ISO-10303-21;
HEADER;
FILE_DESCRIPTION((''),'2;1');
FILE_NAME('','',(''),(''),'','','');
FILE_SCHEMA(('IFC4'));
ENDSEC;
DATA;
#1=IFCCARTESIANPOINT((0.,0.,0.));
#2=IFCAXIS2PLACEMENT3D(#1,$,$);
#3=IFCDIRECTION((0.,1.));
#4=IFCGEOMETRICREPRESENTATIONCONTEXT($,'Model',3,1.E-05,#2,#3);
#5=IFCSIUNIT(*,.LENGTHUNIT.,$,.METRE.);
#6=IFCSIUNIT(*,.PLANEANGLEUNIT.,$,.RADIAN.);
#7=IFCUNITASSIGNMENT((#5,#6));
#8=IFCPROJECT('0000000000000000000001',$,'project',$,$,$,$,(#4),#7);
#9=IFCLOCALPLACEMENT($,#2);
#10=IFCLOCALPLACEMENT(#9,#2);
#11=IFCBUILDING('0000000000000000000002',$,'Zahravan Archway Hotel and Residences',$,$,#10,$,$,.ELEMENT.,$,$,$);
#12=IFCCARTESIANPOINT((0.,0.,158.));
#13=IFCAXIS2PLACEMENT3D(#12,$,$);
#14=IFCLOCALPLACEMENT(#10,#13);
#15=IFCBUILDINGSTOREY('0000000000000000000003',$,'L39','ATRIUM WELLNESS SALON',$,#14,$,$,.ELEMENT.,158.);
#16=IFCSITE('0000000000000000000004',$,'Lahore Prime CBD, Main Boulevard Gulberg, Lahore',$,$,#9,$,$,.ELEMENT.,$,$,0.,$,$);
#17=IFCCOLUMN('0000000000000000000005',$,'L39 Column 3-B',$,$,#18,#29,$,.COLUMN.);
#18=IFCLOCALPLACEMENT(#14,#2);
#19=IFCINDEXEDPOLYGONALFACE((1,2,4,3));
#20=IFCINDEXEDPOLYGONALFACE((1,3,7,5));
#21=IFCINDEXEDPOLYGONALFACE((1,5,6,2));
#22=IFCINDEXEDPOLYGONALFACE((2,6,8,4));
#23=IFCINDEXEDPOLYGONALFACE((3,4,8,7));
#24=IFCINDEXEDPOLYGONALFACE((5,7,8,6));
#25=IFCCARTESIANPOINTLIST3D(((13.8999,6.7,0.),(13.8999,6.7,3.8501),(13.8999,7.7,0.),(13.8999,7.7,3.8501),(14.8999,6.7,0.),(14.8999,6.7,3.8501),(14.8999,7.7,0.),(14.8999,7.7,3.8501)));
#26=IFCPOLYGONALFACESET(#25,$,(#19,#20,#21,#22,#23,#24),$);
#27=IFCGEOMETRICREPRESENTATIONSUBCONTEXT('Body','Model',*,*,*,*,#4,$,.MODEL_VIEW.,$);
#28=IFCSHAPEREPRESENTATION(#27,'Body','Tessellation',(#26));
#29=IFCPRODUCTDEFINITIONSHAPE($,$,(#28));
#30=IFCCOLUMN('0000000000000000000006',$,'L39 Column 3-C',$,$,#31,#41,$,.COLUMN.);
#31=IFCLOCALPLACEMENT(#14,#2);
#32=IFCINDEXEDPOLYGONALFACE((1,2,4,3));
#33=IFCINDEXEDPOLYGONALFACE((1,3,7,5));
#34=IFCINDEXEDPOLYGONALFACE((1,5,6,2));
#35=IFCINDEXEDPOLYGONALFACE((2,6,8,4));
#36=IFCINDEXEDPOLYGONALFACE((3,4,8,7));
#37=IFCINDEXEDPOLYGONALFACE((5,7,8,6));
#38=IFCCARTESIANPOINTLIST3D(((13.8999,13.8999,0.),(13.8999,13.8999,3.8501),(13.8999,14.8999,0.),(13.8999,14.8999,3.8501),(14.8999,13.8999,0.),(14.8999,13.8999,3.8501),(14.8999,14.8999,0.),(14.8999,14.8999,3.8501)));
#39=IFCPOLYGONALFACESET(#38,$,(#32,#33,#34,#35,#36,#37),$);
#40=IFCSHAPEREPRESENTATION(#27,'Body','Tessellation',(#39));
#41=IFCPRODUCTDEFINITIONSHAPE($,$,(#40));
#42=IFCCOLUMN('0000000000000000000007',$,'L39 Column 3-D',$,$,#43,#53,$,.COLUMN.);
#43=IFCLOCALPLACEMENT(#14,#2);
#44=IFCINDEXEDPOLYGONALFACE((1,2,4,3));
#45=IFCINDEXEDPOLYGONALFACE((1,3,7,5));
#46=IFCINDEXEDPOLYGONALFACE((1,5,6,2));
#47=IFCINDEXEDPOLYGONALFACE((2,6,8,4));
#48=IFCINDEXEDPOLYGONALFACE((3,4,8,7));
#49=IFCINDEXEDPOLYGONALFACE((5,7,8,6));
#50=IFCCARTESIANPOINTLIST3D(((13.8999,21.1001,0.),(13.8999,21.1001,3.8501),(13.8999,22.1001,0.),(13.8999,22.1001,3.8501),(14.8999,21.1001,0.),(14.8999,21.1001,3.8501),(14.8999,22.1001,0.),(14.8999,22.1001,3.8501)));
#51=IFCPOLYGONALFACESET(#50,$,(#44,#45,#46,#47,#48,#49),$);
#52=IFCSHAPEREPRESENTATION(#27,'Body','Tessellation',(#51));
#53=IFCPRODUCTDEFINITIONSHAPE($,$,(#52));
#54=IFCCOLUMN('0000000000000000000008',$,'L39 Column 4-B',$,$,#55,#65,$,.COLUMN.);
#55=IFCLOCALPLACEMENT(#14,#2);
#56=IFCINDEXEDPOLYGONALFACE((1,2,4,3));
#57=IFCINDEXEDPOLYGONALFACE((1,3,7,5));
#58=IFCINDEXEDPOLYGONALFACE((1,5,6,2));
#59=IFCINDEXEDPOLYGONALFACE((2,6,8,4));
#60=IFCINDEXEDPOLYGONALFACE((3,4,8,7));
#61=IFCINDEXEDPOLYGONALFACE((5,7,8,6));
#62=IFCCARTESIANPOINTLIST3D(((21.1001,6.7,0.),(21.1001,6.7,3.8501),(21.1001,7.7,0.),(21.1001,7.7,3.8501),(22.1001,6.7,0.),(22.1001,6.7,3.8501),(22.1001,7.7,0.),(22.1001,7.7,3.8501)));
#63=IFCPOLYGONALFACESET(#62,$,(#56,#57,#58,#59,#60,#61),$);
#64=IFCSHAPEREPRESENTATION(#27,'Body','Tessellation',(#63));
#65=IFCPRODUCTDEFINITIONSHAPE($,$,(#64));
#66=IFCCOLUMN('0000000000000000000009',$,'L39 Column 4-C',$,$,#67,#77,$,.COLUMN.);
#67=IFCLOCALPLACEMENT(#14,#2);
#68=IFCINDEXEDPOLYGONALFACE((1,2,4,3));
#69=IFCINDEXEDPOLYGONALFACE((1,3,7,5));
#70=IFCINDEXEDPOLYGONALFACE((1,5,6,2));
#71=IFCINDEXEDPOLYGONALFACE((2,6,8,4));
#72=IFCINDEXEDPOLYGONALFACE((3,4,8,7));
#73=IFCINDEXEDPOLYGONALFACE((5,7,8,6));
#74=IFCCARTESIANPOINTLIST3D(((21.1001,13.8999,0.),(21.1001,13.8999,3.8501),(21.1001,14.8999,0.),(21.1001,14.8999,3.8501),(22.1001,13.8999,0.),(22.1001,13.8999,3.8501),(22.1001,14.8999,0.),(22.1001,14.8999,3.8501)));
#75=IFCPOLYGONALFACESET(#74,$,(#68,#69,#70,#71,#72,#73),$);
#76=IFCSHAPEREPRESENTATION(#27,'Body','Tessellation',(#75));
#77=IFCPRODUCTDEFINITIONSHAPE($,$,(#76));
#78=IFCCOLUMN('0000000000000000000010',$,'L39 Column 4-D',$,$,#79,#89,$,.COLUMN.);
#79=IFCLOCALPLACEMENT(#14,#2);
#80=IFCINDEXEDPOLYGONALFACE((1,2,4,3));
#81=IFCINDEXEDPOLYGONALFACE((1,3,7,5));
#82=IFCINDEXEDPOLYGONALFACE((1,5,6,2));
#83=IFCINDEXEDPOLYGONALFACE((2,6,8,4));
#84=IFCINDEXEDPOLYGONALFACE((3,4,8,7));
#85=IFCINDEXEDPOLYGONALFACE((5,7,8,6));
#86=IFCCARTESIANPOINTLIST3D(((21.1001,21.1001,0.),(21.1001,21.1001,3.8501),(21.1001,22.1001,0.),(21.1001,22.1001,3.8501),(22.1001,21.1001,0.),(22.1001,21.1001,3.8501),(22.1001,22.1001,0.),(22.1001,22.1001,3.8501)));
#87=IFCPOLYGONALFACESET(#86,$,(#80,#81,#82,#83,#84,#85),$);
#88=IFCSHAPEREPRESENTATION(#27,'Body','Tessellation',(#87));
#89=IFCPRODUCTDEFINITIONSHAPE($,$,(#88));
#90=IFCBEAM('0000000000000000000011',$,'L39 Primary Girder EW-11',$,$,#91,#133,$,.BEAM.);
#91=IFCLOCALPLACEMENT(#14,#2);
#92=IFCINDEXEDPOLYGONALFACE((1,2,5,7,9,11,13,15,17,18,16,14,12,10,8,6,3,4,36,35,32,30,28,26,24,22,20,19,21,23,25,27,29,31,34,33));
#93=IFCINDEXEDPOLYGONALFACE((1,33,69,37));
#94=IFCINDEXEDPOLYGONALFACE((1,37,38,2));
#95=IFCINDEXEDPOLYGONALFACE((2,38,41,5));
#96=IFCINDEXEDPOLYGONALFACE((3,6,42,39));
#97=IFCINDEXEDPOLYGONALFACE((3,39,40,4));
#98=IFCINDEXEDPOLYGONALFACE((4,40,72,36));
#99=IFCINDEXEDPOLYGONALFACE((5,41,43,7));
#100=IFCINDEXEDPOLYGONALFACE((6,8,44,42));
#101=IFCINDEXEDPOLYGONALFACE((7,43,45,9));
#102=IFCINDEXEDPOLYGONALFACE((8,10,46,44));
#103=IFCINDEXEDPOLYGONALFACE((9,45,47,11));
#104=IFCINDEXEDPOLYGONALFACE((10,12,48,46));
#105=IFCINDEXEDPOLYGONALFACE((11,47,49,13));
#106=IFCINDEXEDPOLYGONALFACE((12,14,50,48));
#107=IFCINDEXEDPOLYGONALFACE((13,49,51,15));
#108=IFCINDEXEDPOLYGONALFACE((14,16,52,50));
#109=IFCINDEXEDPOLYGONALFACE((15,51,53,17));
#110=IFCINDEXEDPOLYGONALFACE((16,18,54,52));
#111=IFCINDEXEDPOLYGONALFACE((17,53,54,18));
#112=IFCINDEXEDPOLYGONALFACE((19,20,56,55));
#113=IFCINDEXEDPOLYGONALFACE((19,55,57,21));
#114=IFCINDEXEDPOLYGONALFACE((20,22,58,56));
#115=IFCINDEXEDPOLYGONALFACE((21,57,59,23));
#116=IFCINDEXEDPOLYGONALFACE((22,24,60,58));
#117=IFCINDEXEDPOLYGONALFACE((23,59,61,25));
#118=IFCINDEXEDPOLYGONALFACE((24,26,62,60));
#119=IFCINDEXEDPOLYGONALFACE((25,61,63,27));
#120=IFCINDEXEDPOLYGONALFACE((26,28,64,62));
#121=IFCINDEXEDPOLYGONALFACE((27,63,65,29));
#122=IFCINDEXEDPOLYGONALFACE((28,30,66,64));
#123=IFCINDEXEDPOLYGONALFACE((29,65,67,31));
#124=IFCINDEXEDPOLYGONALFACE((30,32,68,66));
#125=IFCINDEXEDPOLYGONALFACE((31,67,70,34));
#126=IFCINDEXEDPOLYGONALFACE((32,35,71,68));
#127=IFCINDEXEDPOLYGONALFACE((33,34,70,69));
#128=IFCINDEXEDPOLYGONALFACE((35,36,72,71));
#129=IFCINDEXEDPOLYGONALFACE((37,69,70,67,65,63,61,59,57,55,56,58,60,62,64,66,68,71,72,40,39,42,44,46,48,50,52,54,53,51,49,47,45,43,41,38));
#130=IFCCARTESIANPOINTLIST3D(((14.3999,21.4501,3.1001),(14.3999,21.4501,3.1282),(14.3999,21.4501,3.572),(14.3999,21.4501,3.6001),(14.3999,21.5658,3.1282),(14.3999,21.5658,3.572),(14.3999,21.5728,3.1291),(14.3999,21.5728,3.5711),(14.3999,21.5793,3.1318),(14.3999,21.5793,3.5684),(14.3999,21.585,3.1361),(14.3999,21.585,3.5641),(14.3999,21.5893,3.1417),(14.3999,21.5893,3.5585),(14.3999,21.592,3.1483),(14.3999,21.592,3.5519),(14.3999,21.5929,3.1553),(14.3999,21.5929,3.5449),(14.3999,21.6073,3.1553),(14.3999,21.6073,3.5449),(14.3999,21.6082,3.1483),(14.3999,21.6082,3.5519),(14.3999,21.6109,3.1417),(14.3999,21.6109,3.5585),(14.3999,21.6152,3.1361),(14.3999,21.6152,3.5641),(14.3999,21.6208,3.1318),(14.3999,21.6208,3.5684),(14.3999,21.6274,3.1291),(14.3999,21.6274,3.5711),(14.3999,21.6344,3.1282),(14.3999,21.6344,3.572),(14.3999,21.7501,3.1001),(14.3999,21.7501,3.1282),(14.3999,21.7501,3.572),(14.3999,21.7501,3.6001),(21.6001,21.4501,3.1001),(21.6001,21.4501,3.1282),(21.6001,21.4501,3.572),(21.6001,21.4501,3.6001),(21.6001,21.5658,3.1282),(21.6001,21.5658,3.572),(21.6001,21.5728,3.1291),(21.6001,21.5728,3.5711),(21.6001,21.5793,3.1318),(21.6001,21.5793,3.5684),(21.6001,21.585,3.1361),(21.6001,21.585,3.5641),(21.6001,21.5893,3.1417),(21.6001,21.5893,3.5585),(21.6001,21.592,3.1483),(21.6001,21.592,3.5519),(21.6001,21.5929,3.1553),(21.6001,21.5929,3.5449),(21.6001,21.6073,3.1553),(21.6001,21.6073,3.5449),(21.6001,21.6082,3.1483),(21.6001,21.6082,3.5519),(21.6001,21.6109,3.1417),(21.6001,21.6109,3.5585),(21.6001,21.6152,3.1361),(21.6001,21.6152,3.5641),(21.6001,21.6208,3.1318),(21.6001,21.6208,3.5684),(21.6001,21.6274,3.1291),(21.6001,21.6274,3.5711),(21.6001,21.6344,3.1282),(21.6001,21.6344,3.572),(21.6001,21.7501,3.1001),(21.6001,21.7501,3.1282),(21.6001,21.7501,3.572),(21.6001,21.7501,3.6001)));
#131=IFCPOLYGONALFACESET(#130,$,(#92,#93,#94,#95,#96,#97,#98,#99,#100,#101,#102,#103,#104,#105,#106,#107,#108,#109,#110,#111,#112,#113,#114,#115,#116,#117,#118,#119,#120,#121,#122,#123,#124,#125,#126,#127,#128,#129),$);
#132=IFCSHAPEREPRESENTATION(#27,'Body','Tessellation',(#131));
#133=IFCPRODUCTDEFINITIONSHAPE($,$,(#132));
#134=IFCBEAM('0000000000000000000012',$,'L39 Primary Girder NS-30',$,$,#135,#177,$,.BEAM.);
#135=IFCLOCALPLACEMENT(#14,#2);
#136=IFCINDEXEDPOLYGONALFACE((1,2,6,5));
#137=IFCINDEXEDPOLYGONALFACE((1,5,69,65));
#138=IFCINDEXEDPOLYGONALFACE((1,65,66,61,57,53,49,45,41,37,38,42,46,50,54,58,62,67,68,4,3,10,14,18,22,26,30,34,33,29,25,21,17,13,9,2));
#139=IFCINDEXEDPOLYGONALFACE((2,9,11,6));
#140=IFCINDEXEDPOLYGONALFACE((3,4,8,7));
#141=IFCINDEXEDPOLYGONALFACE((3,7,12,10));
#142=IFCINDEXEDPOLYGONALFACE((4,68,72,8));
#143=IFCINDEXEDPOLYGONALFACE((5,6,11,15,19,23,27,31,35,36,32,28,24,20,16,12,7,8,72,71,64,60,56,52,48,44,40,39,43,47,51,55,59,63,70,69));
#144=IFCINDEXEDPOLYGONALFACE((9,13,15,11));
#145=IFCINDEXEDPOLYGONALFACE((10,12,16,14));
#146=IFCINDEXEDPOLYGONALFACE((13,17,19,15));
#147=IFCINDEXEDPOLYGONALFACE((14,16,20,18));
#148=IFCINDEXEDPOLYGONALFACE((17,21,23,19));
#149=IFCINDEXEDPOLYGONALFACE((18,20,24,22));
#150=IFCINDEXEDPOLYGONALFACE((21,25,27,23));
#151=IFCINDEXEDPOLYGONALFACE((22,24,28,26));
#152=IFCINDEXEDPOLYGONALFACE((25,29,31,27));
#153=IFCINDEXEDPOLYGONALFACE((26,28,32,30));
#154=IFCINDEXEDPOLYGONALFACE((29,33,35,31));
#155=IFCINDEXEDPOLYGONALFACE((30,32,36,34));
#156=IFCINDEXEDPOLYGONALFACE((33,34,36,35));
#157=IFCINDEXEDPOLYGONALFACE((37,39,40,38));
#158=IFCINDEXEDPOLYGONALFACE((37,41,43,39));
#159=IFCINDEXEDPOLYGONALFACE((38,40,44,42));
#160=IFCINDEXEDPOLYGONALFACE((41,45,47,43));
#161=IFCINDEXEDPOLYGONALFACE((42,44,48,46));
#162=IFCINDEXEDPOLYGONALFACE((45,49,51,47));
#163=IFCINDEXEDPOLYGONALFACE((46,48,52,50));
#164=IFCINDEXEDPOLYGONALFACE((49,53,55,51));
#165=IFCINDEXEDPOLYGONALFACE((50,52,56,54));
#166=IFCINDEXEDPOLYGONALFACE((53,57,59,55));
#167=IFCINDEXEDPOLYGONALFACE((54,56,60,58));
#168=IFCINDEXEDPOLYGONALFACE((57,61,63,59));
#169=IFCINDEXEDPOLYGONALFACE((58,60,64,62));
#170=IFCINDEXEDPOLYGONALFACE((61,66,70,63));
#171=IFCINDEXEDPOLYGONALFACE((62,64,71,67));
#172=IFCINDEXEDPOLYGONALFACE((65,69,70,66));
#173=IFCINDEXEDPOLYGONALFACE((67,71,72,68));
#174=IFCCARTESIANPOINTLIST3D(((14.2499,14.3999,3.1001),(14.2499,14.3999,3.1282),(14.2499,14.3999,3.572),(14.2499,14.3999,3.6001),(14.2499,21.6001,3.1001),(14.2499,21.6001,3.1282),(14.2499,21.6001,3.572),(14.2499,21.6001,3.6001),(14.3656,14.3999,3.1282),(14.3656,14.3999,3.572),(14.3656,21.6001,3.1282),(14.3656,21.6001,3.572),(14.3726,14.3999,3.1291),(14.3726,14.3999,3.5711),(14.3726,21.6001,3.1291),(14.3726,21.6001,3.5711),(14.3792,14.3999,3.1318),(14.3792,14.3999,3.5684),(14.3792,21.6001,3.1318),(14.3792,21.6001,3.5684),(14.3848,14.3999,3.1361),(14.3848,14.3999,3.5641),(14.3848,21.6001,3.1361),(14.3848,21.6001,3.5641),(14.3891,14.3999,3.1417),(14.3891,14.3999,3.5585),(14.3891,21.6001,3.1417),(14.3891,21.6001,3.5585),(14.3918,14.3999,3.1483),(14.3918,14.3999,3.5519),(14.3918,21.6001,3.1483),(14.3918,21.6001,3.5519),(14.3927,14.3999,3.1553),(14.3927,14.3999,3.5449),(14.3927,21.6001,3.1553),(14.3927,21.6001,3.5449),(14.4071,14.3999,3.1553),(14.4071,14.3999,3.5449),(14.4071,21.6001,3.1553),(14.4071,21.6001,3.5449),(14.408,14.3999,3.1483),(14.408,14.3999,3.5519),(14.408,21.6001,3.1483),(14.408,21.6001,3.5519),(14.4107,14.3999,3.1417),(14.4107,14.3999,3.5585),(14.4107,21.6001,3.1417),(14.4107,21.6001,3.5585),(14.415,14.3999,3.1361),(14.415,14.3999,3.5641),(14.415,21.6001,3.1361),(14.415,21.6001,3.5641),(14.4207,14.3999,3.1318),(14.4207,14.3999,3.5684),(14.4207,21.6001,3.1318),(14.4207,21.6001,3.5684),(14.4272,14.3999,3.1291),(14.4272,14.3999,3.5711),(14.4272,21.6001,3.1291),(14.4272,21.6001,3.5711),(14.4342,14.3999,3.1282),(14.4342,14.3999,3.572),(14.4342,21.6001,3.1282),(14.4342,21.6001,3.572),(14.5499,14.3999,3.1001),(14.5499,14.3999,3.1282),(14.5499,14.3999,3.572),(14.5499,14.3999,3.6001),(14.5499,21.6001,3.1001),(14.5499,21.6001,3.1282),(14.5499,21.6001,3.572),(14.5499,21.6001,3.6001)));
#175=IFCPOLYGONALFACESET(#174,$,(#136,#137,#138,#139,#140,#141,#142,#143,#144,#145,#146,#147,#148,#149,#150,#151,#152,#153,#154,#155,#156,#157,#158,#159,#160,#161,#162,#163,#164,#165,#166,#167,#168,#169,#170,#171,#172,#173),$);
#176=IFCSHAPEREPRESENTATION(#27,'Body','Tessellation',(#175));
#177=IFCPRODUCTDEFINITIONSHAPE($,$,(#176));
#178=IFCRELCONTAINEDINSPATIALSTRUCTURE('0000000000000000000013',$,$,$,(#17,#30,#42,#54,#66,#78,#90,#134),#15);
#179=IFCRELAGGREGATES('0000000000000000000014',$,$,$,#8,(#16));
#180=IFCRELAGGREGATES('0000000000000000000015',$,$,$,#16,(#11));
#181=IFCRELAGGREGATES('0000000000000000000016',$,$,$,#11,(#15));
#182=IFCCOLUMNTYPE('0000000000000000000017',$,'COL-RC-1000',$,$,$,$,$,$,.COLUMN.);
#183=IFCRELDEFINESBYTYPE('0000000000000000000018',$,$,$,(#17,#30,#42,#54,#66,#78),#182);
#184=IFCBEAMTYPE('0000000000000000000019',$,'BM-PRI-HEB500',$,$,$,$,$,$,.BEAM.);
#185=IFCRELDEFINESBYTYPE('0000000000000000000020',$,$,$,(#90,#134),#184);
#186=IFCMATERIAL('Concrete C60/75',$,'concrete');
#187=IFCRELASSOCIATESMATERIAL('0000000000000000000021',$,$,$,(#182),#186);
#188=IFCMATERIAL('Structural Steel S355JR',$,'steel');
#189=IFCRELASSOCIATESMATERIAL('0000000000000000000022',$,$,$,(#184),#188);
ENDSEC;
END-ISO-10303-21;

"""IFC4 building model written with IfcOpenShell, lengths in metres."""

from ifc_helpers import new_model, si_unit, direction, frame, origin, origin_2d, place, context, subcontext, project, spatial, rectangle, i_section, extrude, source, transform, mapped, material, material_profile, profile_set, type_object, type_shapes, element, save


model = new_model("IFC4")

# Units and contexts
model_context = context("Model", 3, precision=1e-05, world=origin(), true_north=direction((0.0, 1.0)))
body_context = subcontext(model_context, "Body", "Model", "MODEL_VIEW")
ifc_project = project(units=[si_unit("LENGTHUNIT", "METRE"), si_unit("PLANEANGLEUNIT", "RADIAN")], contexts=[model_context])

# Site, building, storey
site_placement = place(None, origin())
site = spatial("IfcSite", under=ifc_project, at=site_placement, Name="Lahore Prime CBD, Main Boulevard Gulberg, Lahore", CompositionType="ELEMENT", RefElevation=0.0)
building_placement = place(site_placement, origin())
building = spatial("IfcBuilding", under=site, at=building_placement, Name="Zahravan Archway Hotel and Residences", CompositionType="ELEMENT")
storey_placement = place(building_placement, frame((0.0, 0.0, 158.0)))
storey = spatial("IfcBuildingStorey", under=building, at=storey_placement, Name="L39", Description="ATRIUM WELLNESS SALON", CompositionType="ELEMENT", Elevation=158.0)

# Columns
ifc_material_1 = material(Name="Concrete C60/75", Category="concrete")
ifc_material_profile_1 = material_profile(ifc_material_1, rectangle(XDim=1.0, YDim=1.0, at=origin_2d()), Name="RC-COL-1000x1000", Category="concrete")
ifc_profile_set_1 = profile_set([ifc_material_profile_1], Name="Concrete C60/75")
column_type = type_object("IfcColumnType", Name="COL-RC-1000", PredefinedType="COLUMN", material=ifc_profile_set_1)
shared_shape_1 = source(origin(), body_context, "Body", "SweptSolid", [
    extrude(rectangle(XDim=1.0, YDim=1.0, at=origin_2d()), origin(), (0.0, 0.0, 1.0), 3.8501),
])
for number, where, z_axis, x_axis, name in (
    (1, (14.3999, 7.2, 0.0), (0.0, 0.0, 1.0), (1.0, 0.0, 0.0), "L39 Column 3-B"),
    (2, (14.3999, 14.3999, 0.0), (0.0, 0.0, 1.0), (1.0, 0.0, 0.0), "L39 Column 3-C"),
    (3, (14.3999, 21.6001, 0.0), (0.0, 0.0, 1.0), (1.0, 0.0, 0.0), "L39 Column 3-D"),
    (4, (21.6001, 7.2, 0.0), (0.0, 0.0, 1.0), (1.0, 0.0, 0.0), "L39 Column 4-B"),
    (5, (21.6001, 14.3999, 0.0), (0.0, 0.0, 1.0), (1.0, 0.0, 0.0), "L39 Column 4-C"),
    (6, (21.6001, 21.6001, 0.0), (0.0, 0.0, 1.0), (1.0, 0.0, 0.0), "L39 Column 4-D"),
):
    element("IfcColumn", number, at=place(storey_placement, frame(where, z_axis=z_axis, x_axis=x_axis)), inside=storey, type_object=column_type, Name=name, PredefinedType="COLUMN", context=body_context, shape_type="MappedRepresentation", body=[
        mapped(shared_shape_1, transform((0.0, 0.0, 0.0), scale=1.0)),
    ])

# Beams
ifc_material_2 = material(Name="Structural Steel S355JR", Category="steel")
ifc_material_profile_2 = material_profile(ifc_material_2, i_section(OverallWidth=0.3, OverallDepth=0.5, WebThickness=0.0144, FlangeThickness=0.0281, FilletRadius=0.0271, at=origin_2d()), Name="HEB 500", Category="steel")
ifc_profile_set_2 = profile_set([ifc_material_profile_2], Name="Structural Steel S355JR")
beam_type_1 = type_object("IfcBeamType", Name="BM-PRI-HEB500", PredefinedType="BEAM", material=ifc_profile_set_2)
shared_shape_2 = source(origin(), body_context, "Body", "SweptSolid", [
    extrude(i_section(OverallWidth=0.3, OverallDepth=0.5, WebThickness=0.0144, FlangeThickness=0.0281, FilletRadius=0.0271, at=origin_2d()), origin(), (0.0, 0.0, 1.0), 7.2002),
])
type_shapes(beam_type_1, [shared_shape_2])
for number, where, z_axis, x_axis, name in (
    (7, (14.3999, 21.6001, 3.3501), (1.0, 0.0, 0.0), (0.0, 1.0, 0.0), "L39 Primary Girder EW-11"),
    (8, (14.3999, 14.3999, 3.3501), (0.0, 1.0, 0.0), (-1.0, 0.0, 0.0), "L39 Primary Girder NS-30"),
):
    element("IfcBeam", number, at=place(storey_placement, frame(where, z_axis=z_axis, x_axis=x_axis)), inside=storey, type_object=beam_type_1, Name=name, PredefinedType="BEAM", context=body_context, shape_type="MappedRepresentation", body=[
        mapped(shared_shape_2, transform((0.0, 0.0, 0.0), scale=1.0)),
    ])

save(model, "model.ifc")
